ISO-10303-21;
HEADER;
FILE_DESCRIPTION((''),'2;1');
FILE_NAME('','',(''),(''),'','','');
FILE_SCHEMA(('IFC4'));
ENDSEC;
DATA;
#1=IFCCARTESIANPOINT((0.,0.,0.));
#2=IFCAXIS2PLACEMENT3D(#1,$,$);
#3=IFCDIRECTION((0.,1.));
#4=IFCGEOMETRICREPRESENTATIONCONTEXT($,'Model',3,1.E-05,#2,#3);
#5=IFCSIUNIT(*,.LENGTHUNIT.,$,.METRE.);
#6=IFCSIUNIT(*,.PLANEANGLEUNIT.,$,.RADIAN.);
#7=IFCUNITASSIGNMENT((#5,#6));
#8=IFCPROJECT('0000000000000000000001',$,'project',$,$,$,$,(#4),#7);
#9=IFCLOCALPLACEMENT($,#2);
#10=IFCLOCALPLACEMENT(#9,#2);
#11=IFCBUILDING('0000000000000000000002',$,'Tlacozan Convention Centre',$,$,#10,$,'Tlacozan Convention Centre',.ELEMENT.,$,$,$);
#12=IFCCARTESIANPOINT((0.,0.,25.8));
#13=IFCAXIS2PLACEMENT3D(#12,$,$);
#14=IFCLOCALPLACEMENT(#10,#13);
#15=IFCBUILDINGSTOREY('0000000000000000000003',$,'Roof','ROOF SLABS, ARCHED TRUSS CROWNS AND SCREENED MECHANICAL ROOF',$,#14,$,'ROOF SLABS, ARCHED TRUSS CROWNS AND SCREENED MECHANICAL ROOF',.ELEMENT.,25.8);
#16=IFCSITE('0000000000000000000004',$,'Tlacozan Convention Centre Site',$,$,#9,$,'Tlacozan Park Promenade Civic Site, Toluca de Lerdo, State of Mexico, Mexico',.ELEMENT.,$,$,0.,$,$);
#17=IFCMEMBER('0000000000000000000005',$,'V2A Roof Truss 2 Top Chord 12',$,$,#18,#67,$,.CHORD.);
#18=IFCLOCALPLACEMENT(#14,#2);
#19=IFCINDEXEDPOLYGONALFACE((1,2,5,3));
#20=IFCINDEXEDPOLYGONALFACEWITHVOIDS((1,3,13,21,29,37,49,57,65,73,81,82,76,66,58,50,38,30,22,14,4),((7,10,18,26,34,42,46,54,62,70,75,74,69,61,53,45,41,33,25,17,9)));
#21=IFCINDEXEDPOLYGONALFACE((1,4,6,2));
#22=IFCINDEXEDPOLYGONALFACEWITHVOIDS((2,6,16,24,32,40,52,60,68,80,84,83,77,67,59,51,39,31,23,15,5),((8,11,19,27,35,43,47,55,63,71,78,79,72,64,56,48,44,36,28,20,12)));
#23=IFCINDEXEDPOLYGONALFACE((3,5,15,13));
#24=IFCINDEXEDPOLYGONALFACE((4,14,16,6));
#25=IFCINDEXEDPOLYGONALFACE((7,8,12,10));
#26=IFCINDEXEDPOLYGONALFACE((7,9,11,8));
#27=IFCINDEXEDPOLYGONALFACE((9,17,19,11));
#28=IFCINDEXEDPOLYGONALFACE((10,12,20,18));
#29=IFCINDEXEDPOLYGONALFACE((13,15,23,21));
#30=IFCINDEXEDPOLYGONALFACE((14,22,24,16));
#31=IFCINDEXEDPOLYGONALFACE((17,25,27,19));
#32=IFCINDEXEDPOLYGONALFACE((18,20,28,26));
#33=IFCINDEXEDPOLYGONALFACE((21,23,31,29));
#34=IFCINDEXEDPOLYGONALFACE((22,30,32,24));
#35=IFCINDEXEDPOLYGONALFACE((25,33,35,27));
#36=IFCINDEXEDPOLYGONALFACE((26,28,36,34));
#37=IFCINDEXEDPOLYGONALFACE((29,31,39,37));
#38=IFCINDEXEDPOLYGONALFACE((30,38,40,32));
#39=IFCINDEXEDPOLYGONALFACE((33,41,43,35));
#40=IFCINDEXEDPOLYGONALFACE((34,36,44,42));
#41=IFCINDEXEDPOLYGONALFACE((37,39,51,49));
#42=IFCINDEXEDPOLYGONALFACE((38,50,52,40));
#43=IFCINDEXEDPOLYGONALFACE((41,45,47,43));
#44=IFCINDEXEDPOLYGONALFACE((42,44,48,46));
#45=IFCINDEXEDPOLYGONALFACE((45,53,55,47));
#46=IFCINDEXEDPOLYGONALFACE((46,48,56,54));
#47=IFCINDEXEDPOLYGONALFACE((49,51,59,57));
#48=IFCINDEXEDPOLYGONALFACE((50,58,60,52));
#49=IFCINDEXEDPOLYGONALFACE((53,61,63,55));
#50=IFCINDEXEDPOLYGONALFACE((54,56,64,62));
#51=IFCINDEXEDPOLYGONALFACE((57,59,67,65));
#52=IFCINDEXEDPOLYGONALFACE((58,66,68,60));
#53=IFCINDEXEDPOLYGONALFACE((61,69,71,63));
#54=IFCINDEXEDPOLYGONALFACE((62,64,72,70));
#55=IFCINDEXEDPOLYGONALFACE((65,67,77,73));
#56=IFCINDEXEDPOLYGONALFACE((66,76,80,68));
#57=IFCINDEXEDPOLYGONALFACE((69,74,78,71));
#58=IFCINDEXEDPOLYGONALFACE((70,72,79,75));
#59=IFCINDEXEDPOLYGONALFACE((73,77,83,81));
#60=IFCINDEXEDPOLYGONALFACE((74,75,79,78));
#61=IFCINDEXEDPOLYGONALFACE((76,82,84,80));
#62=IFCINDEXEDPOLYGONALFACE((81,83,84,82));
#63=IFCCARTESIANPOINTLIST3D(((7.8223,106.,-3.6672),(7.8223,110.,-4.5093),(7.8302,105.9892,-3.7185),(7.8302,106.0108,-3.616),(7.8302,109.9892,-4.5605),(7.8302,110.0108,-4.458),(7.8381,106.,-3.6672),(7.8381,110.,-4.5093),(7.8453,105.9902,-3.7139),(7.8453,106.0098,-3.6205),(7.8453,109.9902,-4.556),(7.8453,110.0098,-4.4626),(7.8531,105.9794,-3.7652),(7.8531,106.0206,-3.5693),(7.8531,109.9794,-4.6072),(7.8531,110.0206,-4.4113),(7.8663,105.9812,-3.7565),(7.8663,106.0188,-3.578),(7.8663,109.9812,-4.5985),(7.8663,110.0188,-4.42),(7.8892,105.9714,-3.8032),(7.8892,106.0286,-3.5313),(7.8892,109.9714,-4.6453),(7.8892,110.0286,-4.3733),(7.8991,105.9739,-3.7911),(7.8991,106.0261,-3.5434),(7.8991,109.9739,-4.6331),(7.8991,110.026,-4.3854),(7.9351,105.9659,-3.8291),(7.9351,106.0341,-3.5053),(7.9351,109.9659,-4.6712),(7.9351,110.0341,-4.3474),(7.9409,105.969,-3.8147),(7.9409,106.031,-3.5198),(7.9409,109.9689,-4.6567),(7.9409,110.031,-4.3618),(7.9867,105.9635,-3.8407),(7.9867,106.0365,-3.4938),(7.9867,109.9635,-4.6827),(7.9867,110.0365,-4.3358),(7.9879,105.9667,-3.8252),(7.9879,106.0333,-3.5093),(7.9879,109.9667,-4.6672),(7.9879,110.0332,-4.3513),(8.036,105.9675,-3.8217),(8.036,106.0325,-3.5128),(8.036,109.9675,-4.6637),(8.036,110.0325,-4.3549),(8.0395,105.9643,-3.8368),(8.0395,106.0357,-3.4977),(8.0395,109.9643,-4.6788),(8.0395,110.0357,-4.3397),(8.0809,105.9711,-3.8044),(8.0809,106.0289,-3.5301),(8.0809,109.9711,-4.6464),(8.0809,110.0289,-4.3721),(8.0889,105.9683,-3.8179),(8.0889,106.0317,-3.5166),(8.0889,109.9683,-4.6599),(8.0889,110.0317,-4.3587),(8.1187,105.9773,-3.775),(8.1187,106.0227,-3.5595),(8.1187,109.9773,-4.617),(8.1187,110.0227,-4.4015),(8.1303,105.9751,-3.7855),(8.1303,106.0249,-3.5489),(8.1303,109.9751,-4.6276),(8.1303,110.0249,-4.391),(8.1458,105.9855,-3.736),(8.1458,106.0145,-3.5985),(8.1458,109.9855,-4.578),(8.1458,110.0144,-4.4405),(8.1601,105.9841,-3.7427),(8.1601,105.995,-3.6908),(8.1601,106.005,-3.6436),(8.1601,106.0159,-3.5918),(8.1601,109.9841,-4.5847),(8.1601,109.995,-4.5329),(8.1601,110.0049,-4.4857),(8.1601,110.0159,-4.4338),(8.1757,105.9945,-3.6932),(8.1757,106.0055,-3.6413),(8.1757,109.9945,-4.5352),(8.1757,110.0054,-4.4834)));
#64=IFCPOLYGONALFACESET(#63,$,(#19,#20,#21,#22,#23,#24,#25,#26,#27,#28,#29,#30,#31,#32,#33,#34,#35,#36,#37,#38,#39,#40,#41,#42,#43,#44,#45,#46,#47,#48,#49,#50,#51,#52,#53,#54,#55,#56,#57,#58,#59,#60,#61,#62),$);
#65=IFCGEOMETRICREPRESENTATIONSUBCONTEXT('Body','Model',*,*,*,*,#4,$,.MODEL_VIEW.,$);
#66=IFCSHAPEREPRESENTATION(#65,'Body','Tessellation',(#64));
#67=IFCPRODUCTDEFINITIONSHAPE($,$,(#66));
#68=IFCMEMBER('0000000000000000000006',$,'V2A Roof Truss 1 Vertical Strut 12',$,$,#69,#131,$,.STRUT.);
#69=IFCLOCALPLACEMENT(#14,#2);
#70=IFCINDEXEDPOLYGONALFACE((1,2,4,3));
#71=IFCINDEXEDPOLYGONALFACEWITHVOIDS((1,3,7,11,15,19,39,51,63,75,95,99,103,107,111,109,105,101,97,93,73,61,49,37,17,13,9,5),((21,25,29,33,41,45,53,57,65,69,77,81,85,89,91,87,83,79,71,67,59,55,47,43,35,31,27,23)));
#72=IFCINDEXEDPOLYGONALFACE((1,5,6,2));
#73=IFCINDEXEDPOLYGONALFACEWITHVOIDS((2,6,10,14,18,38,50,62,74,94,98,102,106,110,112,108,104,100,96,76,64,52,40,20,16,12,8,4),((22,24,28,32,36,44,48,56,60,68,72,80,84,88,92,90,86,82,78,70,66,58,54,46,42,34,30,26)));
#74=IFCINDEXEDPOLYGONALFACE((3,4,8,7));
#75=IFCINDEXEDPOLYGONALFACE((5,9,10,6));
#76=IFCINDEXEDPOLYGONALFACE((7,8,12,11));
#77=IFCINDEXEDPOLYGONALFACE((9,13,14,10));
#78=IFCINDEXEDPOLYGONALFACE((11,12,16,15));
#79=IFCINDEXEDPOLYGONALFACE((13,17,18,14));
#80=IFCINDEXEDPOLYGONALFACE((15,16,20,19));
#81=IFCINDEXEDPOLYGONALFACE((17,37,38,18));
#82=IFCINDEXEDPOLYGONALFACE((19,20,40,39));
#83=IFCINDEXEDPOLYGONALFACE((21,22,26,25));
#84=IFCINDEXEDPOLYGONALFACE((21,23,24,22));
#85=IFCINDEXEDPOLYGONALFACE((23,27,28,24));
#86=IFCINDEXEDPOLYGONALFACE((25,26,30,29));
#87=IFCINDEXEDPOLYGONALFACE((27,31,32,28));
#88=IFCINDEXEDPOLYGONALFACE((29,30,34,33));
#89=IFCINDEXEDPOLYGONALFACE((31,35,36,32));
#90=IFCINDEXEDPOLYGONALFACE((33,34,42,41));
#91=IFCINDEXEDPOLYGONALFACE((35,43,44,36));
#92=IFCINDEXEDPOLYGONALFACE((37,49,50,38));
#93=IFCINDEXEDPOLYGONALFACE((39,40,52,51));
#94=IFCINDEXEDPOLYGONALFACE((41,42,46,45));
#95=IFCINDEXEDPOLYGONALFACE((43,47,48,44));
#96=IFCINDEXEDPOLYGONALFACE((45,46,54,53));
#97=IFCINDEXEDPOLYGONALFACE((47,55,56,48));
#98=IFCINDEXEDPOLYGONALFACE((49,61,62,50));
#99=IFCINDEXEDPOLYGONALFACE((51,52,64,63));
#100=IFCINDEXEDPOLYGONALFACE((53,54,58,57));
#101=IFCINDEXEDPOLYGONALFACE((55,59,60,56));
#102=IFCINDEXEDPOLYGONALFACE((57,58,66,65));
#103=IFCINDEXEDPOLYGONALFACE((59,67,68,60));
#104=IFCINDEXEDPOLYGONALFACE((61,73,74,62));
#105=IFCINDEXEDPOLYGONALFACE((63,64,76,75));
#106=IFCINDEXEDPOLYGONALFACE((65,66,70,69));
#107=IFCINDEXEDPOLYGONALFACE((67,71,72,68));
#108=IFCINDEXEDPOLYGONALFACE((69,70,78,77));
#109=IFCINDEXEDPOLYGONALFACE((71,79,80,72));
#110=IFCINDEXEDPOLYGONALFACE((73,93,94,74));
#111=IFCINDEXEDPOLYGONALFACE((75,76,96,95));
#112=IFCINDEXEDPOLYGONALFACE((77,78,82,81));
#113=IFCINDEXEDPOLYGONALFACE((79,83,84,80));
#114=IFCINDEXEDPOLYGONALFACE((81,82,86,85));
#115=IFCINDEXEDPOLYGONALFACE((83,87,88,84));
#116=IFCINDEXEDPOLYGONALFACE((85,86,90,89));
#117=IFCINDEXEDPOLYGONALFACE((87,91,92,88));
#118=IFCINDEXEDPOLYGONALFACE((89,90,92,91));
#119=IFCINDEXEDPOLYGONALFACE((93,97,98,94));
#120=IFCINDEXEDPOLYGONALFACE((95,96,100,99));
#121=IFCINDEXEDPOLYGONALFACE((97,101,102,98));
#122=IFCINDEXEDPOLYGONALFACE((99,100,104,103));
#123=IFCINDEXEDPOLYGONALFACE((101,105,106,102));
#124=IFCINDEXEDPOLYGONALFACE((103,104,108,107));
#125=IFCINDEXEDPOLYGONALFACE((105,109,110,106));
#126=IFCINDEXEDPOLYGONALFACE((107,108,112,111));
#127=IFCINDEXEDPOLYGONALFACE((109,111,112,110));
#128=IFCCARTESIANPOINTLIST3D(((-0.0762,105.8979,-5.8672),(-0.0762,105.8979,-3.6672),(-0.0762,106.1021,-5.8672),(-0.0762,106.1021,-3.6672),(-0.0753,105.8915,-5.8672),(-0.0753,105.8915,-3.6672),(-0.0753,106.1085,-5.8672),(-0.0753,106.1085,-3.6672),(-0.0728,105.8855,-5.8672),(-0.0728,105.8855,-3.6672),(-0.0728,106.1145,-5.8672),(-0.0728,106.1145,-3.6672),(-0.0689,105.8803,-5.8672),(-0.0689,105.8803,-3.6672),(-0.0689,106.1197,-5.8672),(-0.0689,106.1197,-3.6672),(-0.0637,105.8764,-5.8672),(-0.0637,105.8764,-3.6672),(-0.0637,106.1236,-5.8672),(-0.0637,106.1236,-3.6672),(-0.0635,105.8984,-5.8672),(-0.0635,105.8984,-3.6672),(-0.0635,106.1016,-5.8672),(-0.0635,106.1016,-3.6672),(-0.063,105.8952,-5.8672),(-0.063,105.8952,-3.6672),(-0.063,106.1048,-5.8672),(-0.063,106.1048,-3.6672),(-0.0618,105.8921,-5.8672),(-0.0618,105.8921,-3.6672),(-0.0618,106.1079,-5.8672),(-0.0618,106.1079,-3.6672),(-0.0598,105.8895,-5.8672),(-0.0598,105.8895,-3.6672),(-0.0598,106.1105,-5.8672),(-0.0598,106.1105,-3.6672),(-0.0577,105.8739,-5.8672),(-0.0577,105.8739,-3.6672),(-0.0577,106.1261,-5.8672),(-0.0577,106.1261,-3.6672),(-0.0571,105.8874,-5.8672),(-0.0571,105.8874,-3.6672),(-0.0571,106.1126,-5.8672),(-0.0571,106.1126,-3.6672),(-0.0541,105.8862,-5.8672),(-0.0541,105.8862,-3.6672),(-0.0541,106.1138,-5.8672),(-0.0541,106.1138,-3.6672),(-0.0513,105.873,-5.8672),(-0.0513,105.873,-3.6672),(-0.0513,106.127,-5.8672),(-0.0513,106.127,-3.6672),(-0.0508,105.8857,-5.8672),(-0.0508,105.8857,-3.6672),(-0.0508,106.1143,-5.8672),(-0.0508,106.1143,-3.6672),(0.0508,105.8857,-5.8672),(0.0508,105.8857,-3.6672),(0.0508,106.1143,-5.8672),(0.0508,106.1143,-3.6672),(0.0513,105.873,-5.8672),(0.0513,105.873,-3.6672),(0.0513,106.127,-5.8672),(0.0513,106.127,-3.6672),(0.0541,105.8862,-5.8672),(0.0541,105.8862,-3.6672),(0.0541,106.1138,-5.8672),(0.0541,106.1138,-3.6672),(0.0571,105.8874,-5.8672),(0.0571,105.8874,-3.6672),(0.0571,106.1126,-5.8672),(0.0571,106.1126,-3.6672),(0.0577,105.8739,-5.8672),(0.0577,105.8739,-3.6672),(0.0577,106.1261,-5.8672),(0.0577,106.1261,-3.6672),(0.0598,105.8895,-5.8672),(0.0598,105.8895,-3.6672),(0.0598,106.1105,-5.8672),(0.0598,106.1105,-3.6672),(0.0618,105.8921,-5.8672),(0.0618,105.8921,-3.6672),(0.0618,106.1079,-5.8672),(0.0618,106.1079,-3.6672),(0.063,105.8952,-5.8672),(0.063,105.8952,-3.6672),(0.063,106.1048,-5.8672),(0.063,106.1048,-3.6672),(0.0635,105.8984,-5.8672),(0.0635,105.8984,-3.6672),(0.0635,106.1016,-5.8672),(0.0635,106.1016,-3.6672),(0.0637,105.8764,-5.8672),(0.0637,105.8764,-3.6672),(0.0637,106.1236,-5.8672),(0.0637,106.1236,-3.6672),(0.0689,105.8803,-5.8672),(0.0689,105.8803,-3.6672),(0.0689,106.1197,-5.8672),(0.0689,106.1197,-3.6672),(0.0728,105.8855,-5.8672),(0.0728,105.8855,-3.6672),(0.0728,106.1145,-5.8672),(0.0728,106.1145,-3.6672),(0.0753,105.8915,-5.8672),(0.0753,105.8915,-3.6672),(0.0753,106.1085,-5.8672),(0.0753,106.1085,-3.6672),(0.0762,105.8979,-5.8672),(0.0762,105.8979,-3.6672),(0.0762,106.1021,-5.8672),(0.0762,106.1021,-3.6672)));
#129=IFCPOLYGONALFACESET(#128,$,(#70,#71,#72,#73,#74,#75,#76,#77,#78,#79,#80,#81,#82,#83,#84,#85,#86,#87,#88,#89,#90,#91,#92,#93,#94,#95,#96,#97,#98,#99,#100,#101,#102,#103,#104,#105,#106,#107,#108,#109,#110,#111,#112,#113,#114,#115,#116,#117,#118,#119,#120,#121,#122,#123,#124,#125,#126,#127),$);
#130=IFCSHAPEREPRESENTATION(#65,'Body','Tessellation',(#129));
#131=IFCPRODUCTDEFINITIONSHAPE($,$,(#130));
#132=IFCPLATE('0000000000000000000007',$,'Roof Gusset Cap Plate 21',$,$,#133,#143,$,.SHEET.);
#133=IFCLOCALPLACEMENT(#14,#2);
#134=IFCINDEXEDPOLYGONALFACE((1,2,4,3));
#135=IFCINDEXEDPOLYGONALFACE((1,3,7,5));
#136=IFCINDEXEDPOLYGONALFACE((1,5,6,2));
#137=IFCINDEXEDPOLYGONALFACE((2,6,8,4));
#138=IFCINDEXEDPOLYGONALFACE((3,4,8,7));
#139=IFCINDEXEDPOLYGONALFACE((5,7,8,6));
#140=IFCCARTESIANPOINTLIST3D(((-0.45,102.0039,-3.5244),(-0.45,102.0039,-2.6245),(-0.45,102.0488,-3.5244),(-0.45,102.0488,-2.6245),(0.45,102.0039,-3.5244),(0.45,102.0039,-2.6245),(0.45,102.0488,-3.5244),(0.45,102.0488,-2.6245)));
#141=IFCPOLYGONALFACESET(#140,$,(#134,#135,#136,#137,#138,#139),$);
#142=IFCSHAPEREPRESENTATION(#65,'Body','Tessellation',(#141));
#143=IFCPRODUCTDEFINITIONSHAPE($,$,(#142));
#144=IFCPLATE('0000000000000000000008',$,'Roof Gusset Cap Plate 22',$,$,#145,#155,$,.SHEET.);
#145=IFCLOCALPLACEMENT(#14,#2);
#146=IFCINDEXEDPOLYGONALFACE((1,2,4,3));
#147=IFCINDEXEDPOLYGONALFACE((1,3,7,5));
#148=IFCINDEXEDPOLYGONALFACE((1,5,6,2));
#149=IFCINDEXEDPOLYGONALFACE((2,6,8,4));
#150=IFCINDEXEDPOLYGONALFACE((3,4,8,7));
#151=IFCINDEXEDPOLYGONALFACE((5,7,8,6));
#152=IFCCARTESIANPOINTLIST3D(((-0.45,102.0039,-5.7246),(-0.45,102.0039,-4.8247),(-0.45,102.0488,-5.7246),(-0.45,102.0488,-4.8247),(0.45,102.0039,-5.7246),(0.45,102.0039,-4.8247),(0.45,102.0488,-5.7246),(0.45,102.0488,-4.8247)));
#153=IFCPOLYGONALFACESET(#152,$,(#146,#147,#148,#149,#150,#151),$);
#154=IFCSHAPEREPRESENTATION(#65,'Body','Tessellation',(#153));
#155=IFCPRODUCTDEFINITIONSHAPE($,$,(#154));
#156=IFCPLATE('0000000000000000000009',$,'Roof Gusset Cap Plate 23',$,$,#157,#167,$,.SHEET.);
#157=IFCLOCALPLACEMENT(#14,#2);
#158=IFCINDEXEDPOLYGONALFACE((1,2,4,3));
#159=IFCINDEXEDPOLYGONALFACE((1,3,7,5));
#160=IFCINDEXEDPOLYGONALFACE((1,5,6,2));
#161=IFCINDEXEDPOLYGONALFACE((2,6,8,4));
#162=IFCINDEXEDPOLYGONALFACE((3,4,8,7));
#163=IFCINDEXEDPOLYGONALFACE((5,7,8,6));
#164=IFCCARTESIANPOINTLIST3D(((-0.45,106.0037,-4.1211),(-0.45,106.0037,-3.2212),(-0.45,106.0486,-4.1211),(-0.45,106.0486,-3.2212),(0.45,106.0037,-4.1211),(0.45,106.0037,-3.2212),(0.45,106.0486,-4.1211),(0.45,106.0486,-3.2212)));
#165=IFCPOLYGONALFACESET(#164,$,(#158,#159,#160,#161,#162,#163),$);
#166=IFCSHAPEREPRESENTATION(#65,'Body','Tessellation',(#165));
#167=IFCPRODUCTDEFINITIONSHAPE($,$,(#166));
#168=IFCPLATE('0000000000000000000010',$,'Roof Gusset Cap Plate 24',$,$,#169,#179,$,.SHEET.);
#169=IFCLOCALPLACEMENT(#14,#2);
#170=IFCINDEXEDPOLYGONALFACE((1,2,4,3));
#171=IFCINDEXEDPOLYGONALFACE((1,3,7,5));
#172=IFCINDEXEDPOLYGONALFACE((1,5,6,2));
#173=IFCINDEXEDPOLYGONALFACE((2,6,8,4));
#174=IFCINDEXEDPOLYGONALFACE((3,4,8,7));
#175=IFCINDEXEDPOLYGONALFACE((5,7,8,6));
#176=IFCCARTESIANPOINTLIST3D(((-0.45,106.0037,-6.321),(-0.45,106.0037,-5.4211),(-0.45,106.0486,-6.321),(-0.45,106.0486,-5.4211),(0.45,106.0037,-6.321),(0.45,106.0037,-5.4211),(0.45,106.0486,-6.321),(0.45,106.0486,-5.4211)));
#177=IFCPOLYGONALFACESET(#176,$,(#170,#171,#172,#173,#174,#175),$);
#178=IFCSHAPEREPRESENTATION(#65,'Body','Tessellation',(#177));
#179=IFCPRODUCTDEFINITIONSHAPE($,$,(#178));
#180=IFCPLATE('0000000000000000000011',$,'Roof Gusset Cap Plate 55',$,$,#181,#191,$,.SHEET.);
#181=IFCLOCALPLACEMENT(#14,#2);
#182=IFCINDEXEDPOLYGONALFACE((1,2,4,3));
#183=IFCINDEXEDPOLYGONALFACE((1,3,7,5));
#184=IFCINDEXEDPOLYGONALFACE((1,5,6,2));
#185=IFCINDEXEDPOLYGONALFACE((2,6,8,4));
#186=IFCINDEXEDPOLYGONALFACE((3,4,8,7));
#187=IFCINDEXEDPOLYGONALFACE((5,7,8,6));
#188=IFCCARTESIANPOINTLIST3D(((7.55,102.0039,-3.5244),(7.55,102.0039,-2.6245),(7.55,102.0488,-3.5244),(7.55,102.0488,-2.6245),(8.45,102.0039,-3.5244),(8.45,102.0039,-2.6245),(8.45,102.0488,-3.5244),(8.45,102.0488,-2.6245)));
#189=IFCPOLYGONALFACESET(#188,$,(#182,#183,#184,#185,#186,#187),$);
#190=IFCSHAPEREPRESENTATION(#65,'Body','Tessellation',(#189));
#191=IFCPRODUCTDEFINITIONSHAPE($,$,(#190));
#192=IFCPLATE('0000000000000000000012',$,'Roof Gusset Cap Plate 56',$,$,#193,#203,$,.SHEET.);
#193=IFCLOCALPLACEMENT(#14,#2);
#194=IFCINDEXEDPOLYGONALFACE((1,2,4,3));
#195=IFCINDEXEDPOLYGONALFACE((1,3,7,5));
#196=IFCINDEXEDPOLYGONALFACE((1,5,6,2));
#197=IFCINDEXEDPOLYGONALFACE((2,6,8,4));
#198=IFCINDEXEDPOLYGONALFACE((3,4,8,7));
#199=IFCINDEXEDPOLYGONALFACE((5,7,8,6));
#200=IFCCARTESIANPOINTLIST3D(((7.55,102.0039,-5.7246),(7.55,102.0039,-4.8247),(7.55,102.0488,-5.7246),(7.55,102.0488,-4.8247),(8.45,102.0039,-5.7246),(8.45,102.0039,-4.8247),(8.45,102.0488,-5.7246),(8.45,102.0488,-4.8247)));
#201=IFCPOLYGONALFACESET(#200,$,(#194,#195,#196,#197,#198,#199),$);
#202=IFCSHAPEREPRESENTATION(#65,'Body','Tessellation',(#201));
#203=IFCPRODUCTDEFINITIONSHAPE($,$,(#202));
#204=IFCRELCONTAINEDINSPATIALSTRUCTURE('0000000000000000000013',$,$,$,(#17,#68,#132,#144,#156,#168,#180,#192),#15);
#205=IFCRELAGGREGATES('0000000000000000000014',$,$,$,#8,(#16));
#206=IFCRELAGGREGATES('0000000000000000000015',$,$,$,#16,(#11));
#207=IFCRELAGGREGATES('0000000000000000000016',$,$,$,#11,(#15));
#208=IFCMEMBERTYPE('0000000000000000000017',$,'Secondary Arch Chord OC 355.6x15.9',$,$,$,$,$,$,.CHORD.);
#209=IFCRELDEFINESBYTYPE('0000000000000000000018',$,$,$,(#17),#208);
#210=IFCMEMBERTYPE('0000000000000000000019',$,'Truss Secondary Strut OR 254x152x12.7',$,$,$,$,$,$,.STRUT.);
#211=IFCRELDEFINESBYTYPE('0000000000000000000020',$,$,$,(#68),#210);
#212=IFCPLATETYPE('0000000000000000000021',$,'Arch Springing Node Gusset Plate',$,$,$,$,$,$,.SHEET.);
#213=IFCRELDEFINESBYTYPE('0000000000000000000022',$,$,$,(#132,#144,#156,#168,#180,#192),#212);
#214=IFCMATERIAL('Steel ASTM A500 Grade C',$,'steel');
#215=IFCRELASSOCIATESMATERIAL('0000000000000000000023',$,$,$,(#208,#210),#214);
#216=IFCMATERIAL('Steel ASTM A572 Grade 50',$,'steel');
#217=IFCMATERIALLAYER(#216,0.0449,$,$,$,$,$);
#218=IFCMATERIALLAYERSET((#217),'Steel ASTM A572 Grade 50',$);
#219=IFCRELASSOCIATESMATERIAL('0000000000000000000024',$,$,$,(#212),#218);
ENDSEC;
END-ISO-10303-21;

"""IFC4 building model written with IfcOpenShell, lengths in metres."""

from ifc_helpers import new_model, si_unit, direction, frame, origin, origin_2d, place, context, subcontext, project, spatial, rectangle, hollow_rectangle, hollow_circle, extrude, material, layer, layer_set, material_profile, profile_set, type_object, element, save


model = new_model("IFC4")

# Units and contexts
model_context = context("Model", 3, precision=1e-05, world=origin(), true_north=direction((0.0, 1.0)))
body_context = subcontext(model_context, "Body", "Model", "MODEL_VIEW")
ifc_project = project(units=[si_unit("LENGTHUNIT", "METRE"), si_unit("PLANEANGLEUNIT", "RADIAN")], contexts=[model_context])

# Site, building, storey
site_placement = place(None, origin())
site = spatial("IfcSite", under=ifc_project, at=site_placement, Name="Tlacozan Convention Centre Site", LongName="Tlacozan Park Promenade Civic Site, Toluca de Lerdo, State of Mexico, Mexico", CompositionType="ELEMENT", RefElevation=0.0)
building_placement = place(site_placement, origin())
building = spatial("IfcBuilding", under=site, at=building_placement, Name="Tlacozan Convention Centre", LongName="Tlacozan Convention Centre", CompositionType="ELEMENT")
storey_placement = place(building_placement, frame((0.0, 0.0, 25.8)))
storey = spatial("IfcBuildingStorey", under=building, at=storey_placement, Name="Roof", Description="ROOF SLABS, ARCHED TRUSS CROWNS AND SCREENED MECHANICAL ROOF", LongName="ROOF SLABS, ARCHED TRUSS CROWNS AND SCREENED MECHANICAL ROOF", CompositionType="ELEMENT", Elevation=25.8)

# Members
ifc_material_1 = material(Name="Steel ASTM A500 Grade C", Category="steel")
ifc_material_profile_1 = material_profile(ifc_material_1, hollow_circle(Radius=0.1777, WallThickness=0.0159, at=origin_2d()), Name="OC 355.6x15.9")
ifc_profile_set_1 = profile_set([ifc_material_profile_1], Name="Steel ASTM A500 Grade C")
member_type_1 = type_object("IfcMemberType", Name="Secondary Arch Chord OC 355.6x15.9", PredefinedType="CHORD", material=ifc_profile_set_1)
member_1_placement = place(storey_placement, frame((8.0, 106.0, -3.6672), z_axis=(0.0, 0.978553, -0.205995), x_axis=(-1.0, 0.0, 0.0)))
element("IfcMember", 1, at=member_1_placement, inside=storey, type_object=member_type_1, Name="V2A Roof Truss 2 Top Chord 12", PredefinedType="CHORD", context=body_context, shape_type="SweptSolid", body=[
    extrude(hollow_circle(Radius=0.1777, WallThickness=0.0159, at=origin_2d()), origin(), (0.0, 0.0, 1.0), 4.0876),
])
ifc_material_profile_2 = material_profile(ifc_material_1, hollow_rectangle(XDim=0.1523, YDim=0.2539, WallThickness=0.0127, InnerFilletRadius=0.0127, OuterFilletRadius=0.0249, at=origin_2d()), Name="OR 254x152x12.7")
ifc_profile_set_2 = profile_set([ifc_material_profile_2], Name="Steel ASTM A500 Grade C")
member_type_2 = type_object("IfcMemberType", Name="Truss Secondary Strut OR 254x152x12.7", PredefinedType="STRUT", material=ifc_profile_set_2)
member_2_placement = place(storey_placement, frame((0.0, 106.0, -5.8672), z_axis=(0.0, 0.0, 1.0), x_axis=(1.0, 0.0, 0.0)))
element("IfcMember", 2, at=member_2_placement, inside=storey, type_object=member_type_2, Name="V2A Roof Truss 1 Vertical Strut 12", PredefinedType="STRUT", context=body_context, shape_type="SweptSolid", body=[
    extrude(hollow_rectangle(XDim=0.1523, YDim=0.2539, WallThickness=0.0127, InnerFilletRadius=0.0127, OuterFilletRadius=0.0249, at=origin_2d()), origin(), (0.0, 0.0, 1.0), 2.2),
])

# Plates
ifc_material_2 = material(Name="Steel ASTM A572 Grade 50", Category="steel")
ifc_layer_1 = layer(ifc_material_2, 0.0449)
ifc_layer_set_1 = layer_set([ifc_layer_1], Name="Steel ASTM A572 Grade 50")
plate_type = type_object("IfcPlateType", Name="Arch Springing Node Gusset Plate", PredefinedType="SHEET", material=ifc_layer_set_1)
for number, where, z_axis, x_axis, name in (
    (3, (0.0, 102.0264, -3.5244), (0.0, 0.0, 1.0), (0.0, 1.0, 0.0), "Roof Gusset Cap Plate 21"),
    (4, (0.0, 102.0264, -5.7246), (0.0, 0.0, 1.0), (0.0, 1.0, 0.0), "Roof Gusset Cap Plate 22"),
    (5, (0.0, 106.0261, -4.1211), (0.0, 0.0, 1.0), (0.0, 1.0, 0.0), "Roof Gusset Cap Plate 23"),
    (6, (0.0, 106.0261, -6.321), (0.0, 0.0, 1.0), (0.0, 1.0, 0.0), "Roof Gusset Cap Plate 24"),
    (7, (8.0, 102.0264, -3.5244), (0.0, 0.0, 1.0), (0.0, 1.0, 0.0), "Roof Gusset Cap Plate 55"),
    (8, (8.0, 102.0264, -5.7246), (0.0, 0.0, 1.0), (0.0, 1.0, 0.0), "Roof Gusset Cap Plate 56"),
):
    element("IfcPlate", number, at=place(storey_placement, frame(where, z_axis=z_axis, x_axis=x_axis)), inside=storey, type_object=plate_type, Name=name, PredefinedType="SHEET", context=body_context, shape_type="SweptSolid", body=[
        extrude(rectangle(XDim=0.0449, YDim=0.8999, at=origin_2d()), origin(), (0.0, 0.0, 1.0), 0.8999),
    ])

save(model, "model.ifc")
